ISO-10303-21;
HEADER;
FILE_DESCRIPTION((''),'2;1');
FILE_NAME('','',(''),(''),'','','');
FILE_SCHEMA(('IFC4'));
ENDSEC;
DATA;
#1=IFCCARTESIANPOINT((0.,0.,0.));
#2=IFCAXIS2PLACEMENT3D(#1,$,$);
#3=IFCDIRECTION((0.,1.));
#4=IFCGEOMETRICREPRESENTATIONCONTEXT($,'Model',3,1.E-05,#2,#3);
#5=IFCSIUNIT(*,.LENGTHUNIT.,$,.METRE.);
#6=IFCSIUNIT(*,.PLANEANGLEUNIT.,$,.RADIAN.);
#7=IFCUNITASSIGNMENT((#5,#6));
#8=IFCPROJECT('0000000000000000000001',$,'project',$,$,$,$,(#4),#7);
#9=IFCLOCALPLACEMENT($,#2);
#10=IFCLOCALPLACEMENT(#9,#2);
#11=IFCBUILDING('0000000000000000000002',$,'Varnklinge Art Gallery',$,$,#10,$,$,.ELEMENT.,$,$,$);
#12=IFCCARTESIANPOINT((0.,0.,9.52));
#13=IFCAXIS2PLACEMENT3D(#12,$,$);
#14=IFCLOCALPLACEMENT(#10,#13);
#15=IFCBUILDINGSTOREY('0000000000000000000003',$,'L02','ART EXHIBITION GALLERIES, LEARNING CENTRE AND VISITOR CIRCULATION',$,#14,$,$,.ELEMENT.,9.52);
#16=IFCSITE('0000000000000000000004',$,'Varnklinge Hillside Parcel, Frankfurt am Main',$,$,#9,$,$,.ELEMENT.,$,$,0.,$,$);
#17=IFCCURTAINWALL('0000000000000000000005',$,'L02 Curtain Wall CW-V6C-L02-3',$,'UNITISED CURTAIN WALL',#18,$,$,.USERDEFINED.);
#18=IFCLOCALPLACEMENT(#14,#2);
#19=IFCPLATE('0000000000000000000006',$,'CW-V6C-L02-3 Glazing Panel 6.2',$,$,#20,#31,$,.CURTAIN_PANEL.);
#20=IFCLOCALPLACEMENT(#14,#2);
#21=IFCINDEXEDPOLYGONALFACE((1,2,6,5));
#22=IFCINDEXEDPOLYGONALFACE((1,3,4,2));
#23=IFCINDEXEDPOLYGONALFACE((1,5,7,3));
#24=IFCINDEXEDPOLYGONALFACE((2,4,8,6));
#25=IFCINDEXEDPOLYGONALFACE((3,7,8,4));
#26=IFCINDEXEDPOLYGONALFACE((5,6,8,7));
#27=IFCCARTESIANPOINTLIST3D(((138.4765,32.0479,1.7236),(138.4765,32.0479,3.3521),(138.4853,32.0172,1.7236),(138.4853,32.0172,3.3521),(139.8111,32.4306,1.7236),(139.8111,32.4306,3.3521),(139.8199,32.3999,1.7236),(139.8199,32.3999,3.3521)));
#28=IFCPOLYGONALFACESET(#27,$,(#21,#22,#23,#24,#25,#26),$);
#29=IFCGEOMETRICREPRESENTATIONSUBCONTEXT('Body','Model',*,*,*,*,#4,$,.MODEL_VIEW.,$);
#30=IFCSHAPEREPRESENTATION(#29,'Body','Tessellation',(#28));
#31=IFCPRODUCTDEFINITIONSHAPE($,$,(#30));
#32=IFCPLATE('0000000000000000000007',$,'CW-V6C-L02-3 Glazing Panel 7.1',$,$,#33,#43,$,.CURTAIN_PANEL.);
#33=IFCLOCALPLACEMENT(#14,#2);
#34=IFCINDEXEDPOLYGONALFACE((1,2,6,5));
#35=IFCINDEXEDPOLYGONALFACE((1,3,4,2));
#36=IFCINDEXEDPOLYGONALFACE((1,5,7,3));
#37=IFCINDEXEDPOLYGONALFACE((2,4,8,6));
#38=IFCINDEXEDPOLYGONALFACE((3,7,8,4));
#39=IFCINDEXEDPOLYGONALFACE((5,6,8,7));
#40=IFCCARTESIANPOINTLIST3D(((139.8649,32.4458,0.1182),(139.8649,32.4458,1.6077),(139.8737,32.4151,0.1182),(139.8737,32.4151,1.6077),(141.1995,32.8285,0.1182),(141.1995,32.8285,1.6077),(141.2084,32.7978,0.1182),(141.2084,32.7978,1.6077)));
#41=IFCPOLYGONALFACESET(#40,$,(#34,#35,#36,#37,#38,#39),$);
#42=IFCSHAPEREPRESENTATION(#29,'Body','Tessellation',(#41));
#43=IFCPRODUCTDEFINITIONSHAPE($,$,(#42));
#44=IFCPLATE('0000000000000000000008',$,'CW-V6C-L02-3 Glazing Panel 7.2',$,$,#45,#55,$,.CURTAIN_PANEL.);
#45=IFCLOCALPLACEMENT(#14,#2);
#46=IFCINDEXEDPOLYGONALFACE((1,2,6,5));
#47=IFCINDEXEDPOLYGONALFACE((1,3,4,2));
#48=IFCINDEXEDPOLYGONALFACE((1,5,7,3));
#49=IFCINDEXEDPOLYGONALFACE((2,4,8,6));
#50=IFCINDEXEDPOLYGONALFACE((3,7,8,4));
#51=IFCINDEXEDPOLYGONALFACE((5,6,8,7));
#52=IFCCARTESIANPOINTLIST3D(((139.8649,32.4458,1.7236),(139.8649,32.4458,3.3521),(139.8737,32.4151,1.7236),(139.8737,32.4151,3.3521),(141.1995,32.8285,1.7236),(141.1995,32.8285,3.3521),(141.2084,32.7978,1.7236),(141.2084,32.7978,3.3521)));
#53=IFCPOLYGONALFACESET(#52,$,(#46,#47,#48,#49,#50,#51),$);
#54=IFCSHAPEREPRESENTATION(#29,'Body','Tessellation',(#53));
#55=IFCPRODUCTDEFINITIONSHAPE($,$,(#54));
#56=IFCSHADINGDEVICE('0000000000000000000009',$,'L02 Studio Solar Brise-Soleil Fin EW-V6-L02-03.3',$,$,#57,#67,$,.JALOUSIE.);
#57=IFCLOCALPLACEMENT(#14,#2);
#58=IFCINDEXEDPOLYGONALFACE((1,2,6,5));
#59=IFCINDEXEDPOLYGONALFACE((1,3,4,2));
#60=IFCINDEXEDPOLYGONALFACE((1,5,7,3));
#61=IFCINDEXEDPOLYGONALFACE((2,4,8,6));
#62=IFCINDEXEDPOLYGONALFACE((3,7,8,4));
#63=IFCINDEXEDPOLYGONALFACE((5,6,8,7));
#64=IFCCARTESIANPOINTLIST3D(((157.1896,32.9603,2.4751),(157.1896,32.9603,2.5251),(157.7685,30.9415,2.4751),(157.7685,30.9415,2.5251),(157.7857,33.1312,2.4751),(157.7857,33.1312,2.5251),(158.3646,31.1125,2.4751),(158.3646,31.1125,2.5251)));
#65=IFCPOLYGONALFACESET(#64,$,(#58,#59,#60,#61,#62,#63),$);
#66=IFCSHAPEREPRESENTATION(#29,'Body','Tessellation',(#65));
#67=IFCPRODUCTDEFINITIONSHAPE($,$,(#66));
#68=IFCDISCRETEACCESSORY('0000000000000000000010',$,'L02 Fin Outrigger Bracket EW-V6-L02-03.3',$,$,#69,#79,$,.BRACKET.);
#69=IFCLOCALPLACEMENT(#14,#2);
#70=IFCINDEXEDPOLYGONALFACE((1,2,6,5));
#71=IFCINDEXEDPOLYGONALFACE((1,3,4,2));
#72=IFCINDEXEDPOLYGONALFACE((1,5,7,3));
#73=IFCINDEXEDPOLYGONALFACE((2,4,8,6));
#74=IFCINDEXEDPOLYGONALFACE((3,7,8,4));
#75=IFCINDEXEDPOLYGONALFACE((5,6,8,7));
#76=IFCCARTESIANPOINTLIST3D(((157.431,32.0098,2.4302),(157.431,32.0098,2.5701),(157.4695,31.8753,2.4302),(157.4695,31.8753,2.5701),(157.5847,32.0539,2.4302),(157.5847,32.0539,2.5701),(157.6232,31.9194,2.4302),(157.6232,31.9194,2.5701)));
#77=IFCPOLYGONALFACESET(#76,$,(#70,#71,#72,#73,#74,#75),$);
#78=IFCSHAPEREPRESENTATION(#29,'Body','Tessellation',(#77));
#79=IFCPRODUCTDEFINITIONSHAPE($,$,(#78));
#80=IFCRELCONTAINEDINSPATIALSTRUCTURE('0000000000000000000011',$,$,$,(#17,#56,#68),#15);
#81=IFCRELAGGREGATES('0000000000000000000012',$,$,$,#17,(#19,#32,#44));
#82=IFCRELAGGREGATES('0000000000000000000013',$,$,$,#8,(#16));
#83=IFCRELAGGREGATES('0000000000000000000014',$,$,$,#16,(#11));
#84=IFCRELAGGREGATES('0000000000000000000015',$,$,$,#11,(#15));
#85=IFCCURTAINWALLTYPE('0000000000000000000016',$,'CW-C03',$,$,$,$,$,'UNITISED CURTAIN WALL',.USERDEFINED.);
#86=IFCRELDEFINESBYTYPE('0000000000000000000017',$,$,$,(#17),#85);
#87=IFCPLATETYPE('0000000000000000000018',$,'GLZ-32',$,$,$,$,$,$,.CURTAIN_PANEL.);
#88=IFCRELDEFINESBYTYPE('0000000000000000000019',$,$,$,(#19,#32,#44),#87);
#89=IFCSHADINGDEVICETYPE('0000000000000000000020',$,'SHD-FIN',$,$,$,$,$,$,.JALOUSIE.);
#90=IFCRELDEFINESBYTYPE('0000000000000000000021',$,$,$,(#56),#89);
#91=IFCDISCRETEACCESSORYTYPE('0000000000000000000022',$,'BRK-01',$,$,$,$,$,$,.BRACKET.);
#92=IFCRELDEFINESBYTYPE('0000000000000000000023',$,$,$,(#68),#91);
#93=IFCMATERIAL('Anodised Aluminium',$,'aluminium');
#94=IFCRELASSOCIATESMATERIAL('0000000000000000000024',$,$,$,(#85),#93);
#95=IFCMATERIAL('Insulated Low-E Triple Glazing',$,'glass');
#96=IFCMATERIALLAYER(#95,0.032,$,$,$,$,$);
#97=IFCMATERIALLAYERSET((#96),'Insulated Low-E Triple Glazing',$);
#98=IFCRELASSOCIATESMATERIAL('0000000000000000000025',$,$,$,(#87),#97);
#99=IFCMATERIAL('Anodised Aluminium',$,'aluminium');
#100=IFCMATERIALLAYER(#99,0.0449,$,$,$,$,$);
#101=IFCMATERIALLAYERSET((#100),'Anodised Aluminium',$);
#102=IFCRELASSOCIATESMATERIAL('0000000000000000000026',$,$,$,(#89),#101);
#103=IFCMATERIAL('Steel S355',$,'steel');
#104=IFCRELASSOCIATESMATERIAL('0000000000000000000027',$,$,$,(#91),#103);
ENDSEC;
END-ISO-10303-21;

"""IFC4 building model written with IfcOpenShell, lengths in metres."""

from ifc_helpers import new_model, si_unit, direction, frame, origin, origin_2d, place, context, subcontext, project, spatial, rectangle, extrude, material, layer, layer_set, type_object, element, aggregate, save


model = new_model("IFC4")

# Units and contexts
model_context = context("Model", 3, precision=1e-05, world=origin(), true_north=direction((0.0, 1.0)))
body_context = subcontext(model_context, "Body", "Model", "MODEL_VIEW")
ifc_project = project(units=[si_unit("LENGTHUNIT", "METRE"), si_unit("PLANEANGLEUNIT", "RADIAN")], contexts=[model_context])

# Site, building, storey
site_placement = place(None, origin())
site = spatial("IfcSite", under=ifc_project, at=site_placement, Name="Varnklinge Hillside Parcel, Frankfurt am Main", CompositionType="ELEMENT", RefElevation=0.0)
building_placement = place(site_placement, origin())
building = spatial("IfcBuilding", under=site, at=building_placement, Name="Varnklinge Art Gallery", CompositionType="ELEMENT")
storey_placement = place(building_placement, frame((0.0, 0.0, 9.52)))
storey = spatial("IfcBuildingStorey", under=building, at=storey_placement, Name="L02", Description="ART EXHIBITION GALLERIES, LEARNING CENTRE AND VISITOR CIRCULATION", CompositionType="ELEMENT", Elevation=9.52)

# Curtain wall
ifc_material_1 = material(Name="Anodised Aluminium", Category="aluminium")
curtain_wall_type = type_object("IfcCurtainWallType", Name="CW-C03", ElementType="UNITISED CURTAIN WALL", PredefinedType="USERDEFINED", material=ifc_material_1)
curtain_wall_1_placement = place(storey_placement, origin())
curtain_wall_1 = element("IfcCurtainWall", 1, at=curtain_wall_1_placement, inside=storey, type_object=curtain_wall_type, Name="L02 Curtain Wall CW-V6C-L02-3", ObjectType="UNITISED CURTAIN WALL", PredefinedType="USERDEFINED")

# Plates
ifc_material_2 = material(Name="Insulated Low-E Triple Glazing", Category="glass")
ifc_layer_1 = layer(ifc_material_2, 0.032)
ifc_layer_set_1 = layer_set([ifc_layer_1], Name="Insulated Low-E Triple Glazing")
plate_type = type_object("IfcPlateType", Name="GLZ-32", PredefinedType="CURTAIN_PANEL", material=ifc_layer_set_1)
plate_1_placement = place(storey_placement, frame((139.1482, 32.2239, 1.7236), z_axis=(0.0, 0.0, 1.0), x_axis=(0.961262, 0.275637, 0.0)))
plate_1 = element("IfcPlate", 2, at=plate_1_placement, type_object=plate_type, Name="CW-V6C-L02-3 Glazing Panel 6.2", PredefinedType="CURTAIN_PANEL", context=body_context, shape_type="SweptSolid", body=[
    extrude(rectangle(XDim=1.3884, YDim=0.032, at=origin_2d()), origin(), (0.0, 0.0, 1.0), 1.6284),
])
plate_2_placement = place(storey_placement, frame((140.5366, 32.6218, 0.1182), z_axis=(0.0, 0.0, 1.0), x_axis=(0.961262, 0.275637, 0.0)))
plate_2 = element("IfcPlate", 3, at=plate_2_placement, type_object=plate_type, Name="CW-V6C-L02-3 Glazing Panel 7.1", PredefinedType="CURTAIN_PANEL", context=body_context, shape_type="SweptSolid", body=[
    extrude(rectangle(XDim=1.3884, YDim=0.032, at=origin_2d()), origin(), (0.0, 0.0, 1.0), 1.4895),
])
plate_3_placement = place(storey_placement, frame((140.5366, 32.6218, 1.7236), z_axis=(0.0, 0.0, 1.0), x_axis=(0.961262, 0.275637, 0.0)))
plate_3 = element("IfcPlate", 4, at=plate_3_placement, type_object=plate_type, Name="CW-V6C-L02-3 Glazing Panel 7.2", PredefinedType="CURTAIN_PANEL", context=body_context, shape_type="SweptSolid", body=[
    extrude(rectangle(XDim=1.3884, YDim=0.032, at=origin_2d()), origin(), (0.0, 0.0, 1.0), 1.6284),
])
aggregate(curtain_wall_1, [plate_1, plate_2, plate_3])

# Shading device
ifc_material_3 = material(Name="Anodised Aluminium", Category="aluminium")
ifc_layer_2 = layer(ifc_material_3, 0.0449)
ifc_layer_set_2 = layer_set([ifc_layer_2], Name="Anodised Aluminium")
shading_device_type = type_object("IfcShadingDeviceType", Name="SHD-FIN", PredefinedType="JALOUSIE", material=ifc_layer_set_2)
shading_device_placement = place(storey_placement, frame((157.7771, 32.0364, 2.4751), z_axis=(0.0, 0.0, 1.0), x_axis=(0.275637, -0.961262, 0.0)))
element("IfcShadingDevice", 5, at=shading_device_placement, inside=storey, type_object=shading_device_type, Name="L02 Studio Solar Brise-Soleil Fin EW-V6-L02-03.3", PredefinedType="JALOUSIE", context=body_context, shape_type="SweptSolid", body=[
    extrude(rectangle(XDim=2.1001, YDim=0.6201, at=origin_2d()), origin(), (0.0, 0.0, 1.0), 0.05),
])

# Discrete accessory
ifc_material_4 = material(Name="Steel S355", Category="steel")
discrete_accessory_type = type_object("IfcDiscreteAccessoryType", Name="BRK-01", PredefinedType="BRACKET", material=ifc_material_4)
discrete_accessory_placement = place(storey_placement, frame((157.5271, 31.9646, 2.4302), z_axis=(0.0, 0.0, 1.0), x_axis=(0.275637, -0.961262, 0.0)))
element("IfcDiscreteAccessory", 6, at=discrete_accessory_placement, inside=storey, type_object=discrete_accessory_type, Name="L02 Fin Outrigger Bracket EW-V6-L02-03.3", PredefinedType="BRACKET", context=body_context, shape_type="SweptSolid", body=[
    extrude(rectangle(XDim=0.1399, YDim=0.1599, at=origin_2d()), origin(), (0.0, 0.0, 1.0), 0.1399),
])

save(model, "model.ifc")
